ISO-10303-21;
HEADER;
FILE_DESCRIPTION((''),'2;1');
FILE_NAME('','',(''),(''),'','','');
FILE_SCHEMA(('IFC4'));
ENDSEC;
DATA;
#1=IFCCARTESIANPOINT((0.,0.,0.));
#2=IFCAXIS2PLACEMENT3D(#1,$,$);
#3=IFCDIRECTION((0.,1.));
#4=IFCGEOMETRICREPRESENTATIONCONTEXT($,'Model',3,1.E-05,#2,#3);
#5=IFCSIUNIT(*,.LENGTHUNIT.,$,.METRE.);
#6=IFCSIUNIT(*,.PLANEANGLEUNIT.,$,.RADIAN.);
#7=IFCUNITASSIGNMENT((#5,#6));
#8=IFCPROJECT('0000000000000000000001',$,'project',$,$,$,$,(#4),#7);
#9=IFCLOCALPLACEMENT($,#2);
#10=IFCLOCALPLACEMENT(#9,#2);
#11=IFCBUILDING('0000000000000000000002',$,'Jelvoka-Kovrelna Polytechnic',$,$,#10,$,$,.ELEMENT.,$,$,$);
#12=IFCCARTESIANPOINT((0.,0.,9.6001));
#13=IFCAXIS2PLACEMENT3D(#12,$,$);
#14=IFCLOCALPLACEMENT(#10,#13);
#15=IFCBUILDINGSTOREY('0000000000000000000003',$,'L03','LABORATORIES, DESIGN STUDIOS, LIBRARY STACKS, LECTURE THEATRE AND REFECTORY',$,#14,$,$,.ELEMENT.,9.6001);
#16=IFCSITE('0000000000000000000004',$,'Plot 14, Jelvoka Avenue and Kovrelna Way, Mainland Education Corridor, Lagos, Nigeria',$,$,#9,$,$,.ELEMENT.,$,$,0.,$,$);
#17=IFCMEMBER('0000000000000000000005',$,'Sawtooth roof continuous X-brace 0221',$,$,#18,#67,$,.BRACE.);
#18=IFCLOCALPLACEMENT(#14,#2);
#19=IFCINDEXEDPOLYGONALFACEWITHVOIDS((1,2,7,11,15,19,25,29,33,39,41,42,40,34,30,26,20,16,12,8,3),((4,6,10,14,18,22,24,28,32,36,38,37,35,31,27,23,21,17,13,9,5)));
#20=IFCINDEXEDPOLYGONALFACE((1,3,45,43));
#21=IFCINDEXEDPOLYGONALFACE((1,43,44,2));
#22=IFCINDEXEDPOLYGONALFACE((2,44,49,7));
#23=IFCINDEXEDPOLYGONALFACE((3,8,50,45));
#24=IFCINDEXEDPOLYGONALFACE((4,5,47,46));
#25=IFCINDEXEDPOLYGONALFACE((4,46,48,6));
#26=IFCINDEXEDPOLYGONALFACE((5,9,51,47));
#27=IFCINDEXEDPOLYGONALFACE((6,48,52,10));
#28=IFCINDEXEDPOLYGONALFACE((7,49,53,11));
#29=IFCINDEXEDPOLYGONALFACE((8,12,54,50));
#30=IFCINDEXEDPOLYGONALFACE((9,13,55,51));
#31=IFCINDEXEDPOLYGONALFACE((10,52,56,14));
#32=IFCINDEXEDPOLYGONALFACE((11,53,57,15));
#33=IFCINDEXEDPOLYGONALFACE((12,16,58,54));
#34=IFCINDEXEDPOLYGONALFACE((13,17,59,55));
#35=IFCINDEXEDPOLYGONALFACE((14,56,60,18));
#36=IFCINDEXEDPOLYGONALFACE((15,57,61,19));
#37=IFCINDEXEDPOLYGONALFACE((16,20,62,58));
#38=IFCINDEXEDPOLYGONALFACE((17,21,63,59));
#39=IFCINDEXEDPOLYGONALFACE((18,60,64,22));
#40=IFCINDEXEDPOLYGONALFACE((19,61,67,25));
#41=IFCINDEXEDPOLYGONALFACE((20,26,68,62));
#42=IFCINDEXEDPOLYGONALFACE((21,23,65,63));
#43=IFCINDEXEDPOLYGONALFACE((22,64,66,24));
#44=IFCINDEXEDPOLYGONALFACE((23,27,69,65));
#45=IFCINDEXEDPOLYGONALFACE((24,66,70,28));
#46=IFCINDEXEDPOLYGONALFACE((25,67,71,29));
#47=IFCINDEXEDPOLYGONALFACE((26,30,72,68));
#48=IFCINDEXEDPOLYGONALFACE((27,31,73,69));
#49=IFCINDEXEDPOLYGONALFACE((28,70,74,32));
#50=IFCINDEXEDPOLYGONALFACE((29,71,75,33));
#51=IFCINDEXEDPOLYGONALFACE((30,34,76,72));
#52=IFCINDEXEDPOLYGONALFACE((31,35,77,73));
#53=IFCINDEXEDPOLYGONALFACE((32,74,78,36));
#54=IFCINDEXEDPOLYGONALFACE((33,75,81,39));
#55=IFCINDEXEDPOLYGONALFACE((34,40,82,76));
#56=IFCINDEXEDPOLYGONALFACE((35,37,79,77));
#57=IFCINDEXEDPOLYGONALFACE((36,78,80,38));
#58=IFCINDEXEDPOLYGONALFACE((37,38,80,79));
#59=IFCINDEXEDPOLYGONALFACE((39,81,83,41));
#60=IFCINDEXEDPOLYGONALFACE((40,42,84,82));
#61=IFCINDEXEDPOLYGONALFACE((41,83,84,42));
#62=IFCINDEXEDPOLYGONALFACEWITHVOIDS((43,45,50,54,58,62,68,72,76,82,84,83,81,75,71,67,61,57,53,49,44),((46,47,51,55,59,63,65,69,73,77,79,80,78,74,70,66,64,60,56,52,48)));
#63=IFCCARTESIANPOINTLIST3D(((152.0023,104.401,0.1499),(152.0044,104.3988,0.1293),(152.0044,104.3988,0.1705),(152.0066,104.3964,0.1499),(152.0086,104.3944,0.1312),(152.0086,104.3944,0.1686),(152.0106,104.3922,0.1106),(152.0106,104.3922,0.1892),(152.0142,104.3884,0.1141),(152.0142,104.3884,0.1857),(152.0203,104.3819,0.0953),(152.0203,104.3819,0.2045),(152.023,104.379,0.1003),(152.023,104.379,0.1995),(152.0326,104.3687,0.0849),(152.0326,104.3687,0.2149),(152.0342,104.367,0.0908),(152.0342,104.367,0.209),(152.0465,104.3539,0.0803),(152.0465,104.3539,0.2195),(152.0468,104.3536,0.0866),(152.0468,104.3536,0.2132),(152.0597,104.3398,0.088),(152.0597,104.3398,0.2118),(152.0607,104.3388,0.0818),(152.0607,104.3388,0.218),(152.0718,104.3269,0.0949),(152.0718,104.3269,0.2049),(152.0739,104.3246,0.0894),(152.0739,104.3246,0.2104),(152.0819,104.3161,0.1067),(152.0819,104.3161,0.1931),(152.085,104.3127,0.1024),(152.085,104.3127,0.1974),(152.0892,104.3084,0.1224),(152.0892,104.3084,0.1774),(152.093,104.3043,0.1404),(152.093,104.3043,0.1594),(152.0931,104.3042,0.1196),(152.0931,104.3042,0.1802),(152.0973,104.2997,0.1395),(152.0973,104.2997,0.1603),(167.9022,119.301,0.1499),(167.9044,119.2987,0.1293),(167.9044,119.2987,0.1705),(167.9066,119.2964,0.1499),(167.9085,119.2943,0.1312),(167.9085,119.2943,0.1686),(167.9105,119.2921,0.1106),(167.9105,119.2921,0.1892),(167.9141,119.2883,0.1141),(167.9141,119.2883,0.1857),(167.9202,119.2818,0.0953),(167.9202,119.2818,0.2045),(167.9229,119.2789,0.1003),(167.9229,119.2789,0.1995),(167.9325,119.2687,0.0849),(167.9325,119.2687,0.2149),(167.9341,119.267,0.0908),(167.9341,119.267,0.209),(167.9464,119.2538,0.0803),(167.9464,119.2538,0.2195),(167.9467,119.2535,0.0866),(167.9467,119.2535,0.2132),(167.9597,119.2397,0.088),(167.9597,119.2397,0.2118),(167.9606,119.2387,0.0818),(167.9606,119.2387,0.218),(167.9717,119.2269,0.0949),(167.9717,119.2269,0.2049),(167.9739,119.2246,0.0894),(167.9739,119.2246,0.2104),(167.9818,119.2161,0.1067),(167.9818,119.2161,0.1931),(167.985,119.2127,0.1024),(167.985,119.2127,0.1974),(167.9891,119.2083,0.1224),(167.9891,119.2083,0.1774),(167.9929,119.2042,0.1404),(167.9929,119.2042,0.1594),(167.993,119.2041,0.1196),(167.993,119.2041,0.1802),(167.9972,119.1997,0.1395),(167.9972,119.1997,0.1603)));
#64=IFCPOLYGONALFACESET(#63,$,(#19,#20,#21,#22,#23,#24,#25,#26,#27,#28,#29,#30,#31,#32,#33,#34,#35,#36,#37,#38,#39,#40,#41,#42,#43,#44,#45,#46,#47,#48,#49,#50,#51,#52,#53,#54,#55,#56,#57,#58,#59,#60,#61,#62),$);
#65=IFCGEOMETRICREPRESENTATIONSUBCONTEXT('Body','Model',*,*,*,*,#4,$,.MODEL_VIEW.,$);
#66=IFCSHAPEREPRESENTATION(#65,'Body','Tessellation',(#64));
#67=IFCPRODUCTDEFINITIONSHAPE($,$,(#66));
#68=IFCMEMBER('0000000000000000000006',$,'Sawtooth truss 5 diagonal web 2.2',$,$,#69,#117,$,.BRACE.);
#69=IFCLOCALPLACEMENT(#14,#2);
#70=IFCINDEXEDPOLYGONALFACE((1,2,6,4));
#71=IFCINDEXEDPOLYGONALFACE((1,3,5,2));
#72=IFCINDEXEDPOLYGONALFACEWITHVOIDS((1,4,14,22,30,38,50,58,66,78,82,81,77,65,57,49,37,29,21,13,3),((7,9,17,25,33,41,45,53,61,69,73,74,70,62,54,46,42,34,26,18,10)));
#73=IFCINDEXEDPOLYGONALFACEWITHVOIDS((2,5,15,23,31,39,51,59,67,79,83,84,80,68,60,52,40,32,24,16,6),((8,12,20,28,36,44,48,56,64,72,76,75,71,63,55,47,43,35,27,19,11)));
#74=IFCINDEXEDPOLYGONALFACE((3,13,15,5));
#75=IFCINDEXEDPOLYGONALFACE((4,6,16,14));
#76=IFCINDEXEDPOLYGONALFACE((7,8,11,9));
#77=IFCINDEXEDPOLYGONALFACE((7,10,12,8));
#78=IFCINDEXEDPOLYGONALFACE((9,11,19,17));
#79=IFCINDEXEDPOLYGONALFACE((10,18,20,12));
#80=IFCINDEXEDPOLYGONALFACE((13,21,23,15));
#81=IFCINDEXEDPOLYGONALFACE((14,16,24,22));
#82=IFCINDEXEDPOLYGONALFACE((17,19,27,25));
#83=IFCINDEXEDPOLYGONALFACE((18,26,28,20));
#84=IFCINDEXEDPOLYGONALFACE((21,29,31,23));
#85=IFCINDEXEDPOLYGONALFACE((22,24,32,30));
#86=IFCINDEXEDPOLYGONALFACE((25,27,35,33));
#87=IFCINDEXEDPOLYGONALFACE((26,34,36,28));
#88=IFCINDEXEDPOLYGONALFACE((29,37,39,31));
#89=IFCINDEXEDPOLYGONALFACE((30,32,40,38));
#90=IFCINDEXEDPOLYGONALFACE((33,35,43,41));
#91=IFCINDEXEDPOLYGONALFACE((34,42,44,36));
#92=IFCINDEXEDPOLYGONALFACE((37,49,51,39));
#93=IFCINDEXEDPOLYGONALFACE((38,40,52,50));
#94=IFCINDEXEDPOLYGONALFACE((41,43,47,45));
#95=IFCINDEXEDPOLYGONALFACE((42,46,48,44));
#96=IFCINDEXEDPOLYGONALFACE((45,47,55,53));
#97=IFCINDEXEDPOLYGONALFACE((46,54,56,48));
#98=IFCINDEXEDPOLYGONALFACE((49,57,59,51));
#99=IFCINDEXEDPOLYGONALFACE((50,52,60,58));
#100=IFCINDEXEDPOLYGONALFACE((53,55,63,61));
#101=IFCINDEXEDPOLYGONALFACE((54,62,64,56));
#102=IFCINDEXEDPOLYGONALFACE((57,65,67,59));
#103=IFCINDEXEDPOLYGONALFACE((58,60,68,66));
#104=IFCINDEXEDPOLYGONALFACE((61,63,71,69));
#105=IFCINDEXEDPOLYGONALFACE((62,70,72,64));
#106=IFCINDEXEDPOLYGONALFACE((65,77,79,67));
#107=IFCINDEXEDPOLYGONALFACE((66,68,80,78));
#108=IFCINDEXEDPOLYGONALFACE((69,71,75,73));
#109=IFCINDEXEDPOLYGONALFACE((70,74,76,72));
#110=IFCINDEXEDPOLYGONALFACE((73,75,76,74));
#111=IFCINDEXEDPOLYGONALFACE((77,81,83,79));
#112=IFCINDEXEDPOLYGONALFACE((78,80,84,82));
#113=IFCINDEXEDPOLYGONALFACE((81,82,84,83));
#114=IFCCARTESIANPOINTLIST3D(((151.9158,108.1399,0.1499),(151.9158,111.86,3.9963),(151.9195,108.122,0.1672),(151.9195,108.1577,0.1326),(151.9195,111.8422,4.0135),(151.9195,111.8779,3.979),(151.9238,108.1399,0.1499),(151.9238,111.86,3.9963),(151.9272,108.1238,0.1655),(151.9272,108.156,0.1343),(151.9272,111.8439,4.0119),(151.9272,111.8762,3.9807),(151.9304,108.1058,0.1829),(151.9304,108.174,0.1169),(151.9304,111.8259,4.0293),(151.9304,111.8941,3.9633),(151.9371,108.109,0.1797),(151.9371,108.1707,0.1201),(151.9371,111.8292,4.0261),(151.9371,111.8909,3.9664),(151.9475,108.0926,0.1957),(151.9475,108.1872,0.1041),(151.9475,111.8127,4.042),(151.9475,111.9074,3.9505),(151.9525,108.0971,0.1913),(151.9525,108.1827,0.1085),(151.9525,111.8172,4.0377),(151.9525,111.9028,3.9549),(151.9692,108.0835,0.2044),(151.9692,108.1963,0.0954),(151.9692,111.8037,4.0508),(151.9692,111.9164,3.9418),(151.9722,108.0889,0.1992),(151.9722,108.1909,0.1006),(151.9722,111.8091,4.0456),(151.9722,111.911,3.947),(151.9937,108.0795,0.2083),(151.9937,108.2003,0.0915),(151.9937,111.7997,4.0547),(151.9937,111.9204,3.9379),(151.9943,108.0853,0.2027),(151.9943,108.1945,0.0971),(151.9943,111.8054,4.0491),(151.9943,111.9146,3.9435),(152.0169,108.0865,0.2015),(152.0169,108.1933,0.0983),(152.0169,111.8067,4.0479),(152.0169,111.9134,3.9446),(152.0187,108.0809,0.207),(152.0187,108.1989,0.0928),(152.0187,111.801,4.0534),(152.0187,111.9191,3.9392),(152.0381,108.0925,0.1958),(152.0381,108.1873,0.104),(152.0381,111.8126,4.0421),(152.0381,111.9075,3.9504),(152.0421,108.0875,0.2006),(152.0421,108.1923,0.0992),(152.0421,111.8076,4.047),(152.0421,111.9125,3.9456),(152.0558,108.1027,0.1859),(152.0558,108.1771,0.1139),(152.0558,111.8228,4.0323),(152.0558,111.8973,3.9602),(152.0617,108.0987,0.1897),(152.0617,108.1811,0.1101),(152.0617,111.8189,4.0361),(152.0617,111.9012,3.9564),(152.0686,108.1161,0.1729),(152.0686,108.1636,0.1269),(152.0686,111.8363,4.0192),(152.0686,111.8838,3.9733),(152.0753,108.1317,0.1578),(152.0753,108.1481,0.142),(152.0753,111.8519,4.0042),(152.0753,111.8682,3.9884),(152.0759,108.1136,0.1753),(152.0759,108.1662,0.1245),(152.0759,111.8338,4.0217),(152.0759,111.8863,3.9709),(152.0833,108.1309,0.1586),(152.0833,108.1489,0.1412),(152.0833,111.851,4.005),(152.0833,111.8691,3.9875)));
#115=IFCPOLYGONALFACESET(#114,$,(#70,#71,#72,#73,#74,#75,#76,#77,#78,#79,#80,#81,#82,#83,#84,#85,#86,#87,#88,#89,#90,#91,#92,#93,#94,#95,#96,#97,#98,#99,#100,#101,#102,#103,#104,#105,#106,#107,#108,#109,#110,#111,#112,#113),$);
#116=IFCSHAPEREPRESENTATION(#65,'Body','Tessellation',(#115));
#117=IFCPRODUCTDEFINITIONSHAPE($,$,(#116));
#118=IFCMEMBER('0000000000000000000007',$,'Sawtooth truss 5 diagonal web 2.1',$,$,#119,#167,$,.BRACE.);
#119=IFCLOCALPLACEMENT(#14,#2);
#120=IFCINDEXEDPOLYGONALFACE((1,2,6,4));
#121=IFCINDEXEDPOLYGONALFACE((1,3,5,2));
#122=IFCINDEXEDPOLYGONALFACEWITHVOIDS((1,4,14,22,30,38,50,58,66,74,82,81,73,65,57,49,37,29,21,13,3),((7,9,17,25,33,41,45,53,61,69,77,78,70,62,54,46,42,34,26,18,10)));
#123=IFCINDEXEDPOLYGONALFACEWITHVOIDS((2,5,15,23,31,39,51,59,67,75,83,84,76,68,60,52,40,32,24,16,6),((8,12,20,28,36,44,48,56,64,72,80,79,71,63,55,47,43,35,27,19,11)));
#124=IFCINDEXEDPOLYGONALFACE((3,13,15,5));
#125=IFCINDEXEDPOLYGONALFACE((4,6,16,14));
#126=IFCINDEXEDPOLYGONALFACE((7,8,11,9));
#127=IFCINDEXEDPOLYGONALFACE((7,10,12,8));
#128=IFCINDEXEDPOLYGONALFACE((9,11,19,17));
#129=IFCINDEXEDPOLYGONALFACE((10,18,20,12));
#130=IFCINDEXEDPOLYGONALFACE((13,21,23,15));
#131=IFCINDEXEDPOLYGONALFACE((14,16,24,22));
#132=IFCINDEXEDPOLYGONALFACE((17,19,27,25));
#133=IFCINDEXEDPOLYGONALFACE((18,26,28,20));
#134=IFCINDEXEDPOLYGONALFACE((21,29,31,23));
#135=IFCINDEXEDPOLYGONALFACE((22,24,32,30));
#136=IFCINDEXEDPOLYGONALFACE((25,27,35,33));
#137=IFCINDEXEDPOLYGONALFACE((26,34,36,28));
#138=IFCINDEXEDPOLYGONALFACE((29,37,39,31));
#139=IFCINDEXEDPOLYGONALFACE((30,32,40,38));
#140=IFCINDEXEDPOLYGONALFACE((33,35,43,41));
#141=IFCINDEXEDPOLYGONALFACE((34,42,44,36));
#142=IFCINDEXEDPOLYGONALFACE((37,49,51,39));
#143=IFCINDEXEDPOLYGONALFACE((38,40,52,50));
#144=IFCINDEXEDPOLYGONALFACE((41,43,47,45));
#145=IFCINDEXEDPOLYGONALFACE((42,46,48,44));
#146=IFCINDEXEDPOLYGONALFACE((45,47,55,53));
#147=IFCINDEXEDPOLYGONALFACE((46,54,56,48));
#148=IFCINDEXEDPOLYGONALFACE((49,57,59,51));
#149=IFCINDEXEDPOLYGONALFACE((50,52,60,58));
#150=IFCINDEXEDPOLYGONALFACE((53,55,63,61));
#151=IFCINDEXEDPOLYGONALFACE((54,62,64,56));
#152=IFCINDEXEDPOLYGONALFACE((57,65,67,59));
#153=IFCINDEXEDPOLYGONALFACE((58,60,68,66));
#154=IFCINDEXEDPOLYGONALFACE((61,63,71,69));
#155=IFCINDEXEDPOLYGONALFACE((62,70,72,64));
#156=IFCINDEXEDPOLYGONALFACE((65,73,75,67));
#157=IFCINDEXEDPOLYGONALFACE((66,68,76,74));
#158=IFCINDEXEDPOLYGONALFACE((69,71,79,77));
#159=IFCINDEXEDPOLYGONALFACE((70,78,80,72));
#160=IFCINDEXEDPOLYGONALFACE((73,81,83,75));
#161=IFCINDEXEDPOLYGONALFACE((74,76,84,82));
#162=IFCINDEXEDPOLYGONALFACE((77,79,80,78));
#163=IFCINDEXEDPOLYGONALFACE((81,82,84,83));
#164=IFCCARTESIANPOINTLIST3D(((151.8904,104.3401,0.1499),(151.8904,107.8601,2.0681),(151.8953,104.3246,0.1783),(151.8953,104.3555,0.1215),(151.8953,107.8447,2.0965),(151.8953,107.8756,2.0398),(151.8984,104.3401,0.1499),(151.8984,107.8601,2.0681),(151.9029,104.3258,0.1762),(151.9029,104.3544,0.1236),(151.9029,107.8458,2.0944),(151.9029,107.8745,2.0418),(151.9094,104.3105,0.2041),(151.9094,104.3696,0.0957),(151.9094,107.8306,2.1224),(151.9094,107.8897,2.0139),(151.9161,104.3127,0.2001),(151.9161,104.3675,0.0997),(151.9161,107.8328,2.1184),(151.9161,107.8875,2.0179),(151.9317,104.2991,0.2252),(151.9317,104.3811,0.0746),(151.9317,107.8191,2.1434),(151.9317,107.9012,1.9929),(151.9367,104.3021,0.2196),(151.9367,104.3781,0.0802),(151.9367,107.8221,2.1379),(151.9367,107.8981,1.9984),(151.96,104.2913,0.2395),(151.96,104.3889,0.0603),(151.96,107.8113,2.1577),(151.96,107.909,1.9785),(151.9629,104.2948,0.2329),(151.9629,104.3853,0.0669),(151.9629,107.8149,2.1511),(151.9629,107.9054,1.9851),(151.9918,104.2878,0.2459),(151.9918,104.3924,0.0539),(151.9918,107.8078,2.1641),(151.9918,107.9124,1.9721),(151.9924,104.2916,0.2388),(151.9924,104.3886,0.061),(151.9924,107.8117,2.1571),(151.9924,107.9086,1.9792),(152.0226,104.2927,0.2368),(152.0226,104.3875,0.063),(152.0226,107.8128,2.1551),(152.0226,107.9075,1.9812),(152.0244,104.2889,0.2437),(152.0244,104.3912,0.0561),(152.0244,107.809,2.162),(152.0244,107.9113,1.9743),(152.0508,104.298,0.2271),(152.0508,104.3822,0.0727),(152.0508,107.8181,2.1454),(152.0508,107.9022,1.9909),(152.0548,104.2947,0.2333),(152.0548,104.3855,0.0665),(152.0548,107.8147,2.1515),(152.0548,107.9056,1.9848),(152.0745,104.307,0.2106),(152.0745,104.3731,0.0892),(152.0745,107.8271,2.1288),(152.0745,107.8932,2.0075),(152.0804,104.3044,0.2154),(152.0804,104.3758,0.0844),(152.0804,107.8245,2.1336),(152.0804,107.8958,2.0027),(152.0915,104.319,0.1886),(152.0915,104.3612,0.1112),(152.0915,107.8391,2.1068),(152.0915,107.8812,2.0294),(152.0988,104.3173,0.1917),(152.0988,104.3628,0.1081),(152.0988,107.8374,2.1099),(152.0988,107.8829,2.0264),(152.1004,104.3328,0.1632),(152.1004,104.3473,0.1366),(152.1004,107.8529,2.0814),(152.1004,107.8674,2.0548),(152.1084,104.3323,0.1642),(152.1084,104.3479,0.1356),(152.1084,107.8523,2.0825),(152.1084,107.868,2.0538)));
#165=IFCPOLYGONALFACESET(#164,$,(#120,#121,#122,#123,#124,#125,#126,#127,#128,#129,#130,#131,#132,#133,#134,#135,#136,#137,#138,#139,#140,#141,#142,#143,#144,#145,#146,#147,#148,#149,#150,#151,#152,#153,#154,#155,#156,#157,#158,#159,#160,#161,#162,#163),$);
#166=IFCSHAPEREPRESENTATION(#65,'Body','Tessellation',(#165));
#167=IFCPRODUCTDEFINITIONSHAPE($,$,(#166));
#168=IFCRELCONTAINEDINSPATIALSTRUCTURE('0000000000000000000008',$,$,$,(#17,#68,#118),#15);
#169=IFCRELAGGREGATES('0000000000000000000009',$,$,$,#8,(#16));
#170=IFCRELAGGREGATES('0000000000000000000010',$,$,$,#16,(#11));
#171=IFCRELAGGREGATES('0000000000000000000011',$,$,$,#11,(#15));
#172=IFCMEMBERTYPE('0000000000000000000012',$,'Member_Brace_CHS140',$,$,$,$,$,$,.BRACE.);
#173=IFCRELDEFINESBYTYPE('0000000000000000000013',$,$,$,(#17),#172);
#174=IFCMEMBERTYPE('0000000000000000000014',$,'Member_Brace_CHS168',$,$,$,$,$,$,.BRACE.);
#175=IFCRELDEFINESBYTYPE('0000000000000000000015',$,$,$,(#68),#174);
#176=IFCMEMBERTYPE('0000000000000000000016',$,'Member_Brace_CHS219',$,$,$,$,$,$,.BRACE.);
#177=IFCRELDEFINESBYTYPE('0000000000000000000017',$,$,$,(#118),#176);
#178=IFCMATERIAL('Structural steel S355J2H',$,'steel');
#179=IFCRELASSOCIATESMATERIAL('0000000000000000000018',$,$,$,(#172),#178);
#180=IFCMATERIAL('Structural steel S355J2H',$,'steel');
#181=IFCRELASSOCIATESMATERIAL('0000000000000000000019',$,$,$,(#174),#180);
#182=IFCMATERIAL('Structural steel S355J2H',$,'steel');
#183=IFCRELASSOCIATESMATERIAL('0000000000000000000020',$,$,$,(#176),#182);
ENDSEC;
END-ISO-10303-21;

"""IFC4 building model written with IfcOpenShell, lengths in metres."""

from ifc_helpers import new_model, si_unit, direction, frame, origin, origin_2d, place, context, subcontext, project, spatial, hollow_circle, extrude, material, material_profile, profile_set, type_object, element, save


model = new_model("IFC4")

# Units and contexts
model_context = context("Model", 3, precision=1e-05, world=origin(), true_north=direction((0.0, 1.0)))
body_context = subcontext(model_context, "Body", "Model", "MODEL_VIEW")
ifc_project = project(units=[si_unit("LENGTHUNIT", "METRE"), si_unit("PLANEANGLEUNIT", "RADIAN")], contexts=[model_context])

# Site, building, storey
site_placement = place(None, origin())
site = spatial("IfcSite", under=ifc_project, at=site_placement, Name="Plot 14, Jelvoka Avenue and Kovrelna Way, Mainland Education Corridor, Lagos, Nigeria", CompositionType="ELEMENT", RefElevation=0.0)
building_placement = place(site_placement, origin())
building = spatial("IfcBuilding", under=site, at=building_placement, Name="Jelvoka-Kovrelna Polytechnic", CompositionType="ELEMENT")
storey_placement = place(building_placement, frame((0.0, 0.0, 9.6001)))
storey = spatial("IfcBuildingStorey", under=building, at=storey_placement, Name="L03", Description="LABORATORIES, DESIGN STUDIOS, LIBRARY STACKS, LECTURE THEATRE AND REFECTORY", CompositionType="ELEMENT", Elevation=9.6001)

# Members
ifc_material_1 = material(Name="Structural steel S355J2H", Category="steel")
ifc_material_profile_1 = material_profile(ifc_material_1, hollow_circle(Radius=0.0698, WallThickness=0.0063, at=origin_2d()), Name="139.7x6.3 CHS")
ifc_profile_set_1 = profile_set([ifc_material_profile_1], Name="Structural steel S355J2H")
member_type_1 = type_object("IfcMemberType", Name="Member_Brace_CHS140", PredefinedType="BRACE", material=ifc_profile_set_1)
member_1_placement = place(storey_placement, frame((152.05, 104.3501, 0.1499), z_axis=(0.72968, 0.683788, 0.0), x_axis=(-0.683788, 0.72968, 0.0)))
element("IfcMember", 1, at=member_1_placement, inside=storey, type_object=member_type_1, Name="Sawtooth roof continuous X-brace 0221", PredefinedType="BRACE", context=body_context, shape_type="SweptSolid", body=[
    extrude(hollow_circle(Radius=0.0698, WallThickness=0.0063, at=origin_2d()), origin(), (0.0, 0.0, 1.0), 21.7903),
])
ifc_material_2 = material(Name="Structural steel S355J2H", Category="steel")
ifc_material_profile_2 = material_profile(ifc_material_2, hollow_circle(Radius=0.0842, WallThickness=0.0081, at=origin_2d()), Name="168.3x8.0 CHS")
ifc_profile_set_2 = profile_set([ifc_material_profile_2], Name="Structural steel S355J2H")
member_type_2 = type_object("IfcMemberType", Name="Member_Brace_CHS168", PredefinedType="BRACE", material=ifc_profile_set_2)
member_2_placement = place(storey_placement, frame((152.0, 108.1399, 0.1499), z_axis=(0.0, 0.695215, 0.718802), x_axis=(-1.0, 0.0, 0.0)))
element("IfcMember", 2, at=member_2_placement, inside=storey, type_object=member_type_2, Name="Sawtooth truss 5 diagonal web 2.2", PredefinedType="BRACE", context=body_context, shape_type="SweptSolid", body=[
    extrude(hollow_circle(Radius=0.0842, WallThickness=0.0081, at=origin_2d()), origin(), (0.0, 0.0, 1.0), 5.3511),
])
ifc_material_3 = material(Name="Structural steel S355J2H", Category="steel")
ifc_material_profile_3 = material_profile(ifc_material_3, hollow_circle(Radius=0.1096, WallThickness=0.0081, at=origin_2d()), Name="219.1x8.0 CHS")
ifc_profile_set_3 = profile_set([ifc_material_profile_3], Name="Structural steel S355J2H")
member_type_3 = type_object("IfcMemberType", Name="Member_Brace_CHS219", PredefinedType="BRACE", material=ifc_profile_set_3)
member_3_placement = place(storey_placement, frame((152.0, 104.3401, 0.1499), z_axis=(0.0, 0.878084, 0.478506), x_axis=(-1.0, 0.0, 0.0)))
element("IfcMember", 3, at=member_3_placement, inside=storey, type_object=member_type_3, Name="Sawtooth truss 5 diagonal web 2.1", PredefinedType="BRACE", context=body_context, shape_type="SweptSolid", body=[
    extrude(hollow_circle(Radius=0.1096, WallThickness=0.0081, at=origin_2d()), origin(), (0.0, 0.0, 1.0), 4.0088),
])

save(model, "model.ifc")
